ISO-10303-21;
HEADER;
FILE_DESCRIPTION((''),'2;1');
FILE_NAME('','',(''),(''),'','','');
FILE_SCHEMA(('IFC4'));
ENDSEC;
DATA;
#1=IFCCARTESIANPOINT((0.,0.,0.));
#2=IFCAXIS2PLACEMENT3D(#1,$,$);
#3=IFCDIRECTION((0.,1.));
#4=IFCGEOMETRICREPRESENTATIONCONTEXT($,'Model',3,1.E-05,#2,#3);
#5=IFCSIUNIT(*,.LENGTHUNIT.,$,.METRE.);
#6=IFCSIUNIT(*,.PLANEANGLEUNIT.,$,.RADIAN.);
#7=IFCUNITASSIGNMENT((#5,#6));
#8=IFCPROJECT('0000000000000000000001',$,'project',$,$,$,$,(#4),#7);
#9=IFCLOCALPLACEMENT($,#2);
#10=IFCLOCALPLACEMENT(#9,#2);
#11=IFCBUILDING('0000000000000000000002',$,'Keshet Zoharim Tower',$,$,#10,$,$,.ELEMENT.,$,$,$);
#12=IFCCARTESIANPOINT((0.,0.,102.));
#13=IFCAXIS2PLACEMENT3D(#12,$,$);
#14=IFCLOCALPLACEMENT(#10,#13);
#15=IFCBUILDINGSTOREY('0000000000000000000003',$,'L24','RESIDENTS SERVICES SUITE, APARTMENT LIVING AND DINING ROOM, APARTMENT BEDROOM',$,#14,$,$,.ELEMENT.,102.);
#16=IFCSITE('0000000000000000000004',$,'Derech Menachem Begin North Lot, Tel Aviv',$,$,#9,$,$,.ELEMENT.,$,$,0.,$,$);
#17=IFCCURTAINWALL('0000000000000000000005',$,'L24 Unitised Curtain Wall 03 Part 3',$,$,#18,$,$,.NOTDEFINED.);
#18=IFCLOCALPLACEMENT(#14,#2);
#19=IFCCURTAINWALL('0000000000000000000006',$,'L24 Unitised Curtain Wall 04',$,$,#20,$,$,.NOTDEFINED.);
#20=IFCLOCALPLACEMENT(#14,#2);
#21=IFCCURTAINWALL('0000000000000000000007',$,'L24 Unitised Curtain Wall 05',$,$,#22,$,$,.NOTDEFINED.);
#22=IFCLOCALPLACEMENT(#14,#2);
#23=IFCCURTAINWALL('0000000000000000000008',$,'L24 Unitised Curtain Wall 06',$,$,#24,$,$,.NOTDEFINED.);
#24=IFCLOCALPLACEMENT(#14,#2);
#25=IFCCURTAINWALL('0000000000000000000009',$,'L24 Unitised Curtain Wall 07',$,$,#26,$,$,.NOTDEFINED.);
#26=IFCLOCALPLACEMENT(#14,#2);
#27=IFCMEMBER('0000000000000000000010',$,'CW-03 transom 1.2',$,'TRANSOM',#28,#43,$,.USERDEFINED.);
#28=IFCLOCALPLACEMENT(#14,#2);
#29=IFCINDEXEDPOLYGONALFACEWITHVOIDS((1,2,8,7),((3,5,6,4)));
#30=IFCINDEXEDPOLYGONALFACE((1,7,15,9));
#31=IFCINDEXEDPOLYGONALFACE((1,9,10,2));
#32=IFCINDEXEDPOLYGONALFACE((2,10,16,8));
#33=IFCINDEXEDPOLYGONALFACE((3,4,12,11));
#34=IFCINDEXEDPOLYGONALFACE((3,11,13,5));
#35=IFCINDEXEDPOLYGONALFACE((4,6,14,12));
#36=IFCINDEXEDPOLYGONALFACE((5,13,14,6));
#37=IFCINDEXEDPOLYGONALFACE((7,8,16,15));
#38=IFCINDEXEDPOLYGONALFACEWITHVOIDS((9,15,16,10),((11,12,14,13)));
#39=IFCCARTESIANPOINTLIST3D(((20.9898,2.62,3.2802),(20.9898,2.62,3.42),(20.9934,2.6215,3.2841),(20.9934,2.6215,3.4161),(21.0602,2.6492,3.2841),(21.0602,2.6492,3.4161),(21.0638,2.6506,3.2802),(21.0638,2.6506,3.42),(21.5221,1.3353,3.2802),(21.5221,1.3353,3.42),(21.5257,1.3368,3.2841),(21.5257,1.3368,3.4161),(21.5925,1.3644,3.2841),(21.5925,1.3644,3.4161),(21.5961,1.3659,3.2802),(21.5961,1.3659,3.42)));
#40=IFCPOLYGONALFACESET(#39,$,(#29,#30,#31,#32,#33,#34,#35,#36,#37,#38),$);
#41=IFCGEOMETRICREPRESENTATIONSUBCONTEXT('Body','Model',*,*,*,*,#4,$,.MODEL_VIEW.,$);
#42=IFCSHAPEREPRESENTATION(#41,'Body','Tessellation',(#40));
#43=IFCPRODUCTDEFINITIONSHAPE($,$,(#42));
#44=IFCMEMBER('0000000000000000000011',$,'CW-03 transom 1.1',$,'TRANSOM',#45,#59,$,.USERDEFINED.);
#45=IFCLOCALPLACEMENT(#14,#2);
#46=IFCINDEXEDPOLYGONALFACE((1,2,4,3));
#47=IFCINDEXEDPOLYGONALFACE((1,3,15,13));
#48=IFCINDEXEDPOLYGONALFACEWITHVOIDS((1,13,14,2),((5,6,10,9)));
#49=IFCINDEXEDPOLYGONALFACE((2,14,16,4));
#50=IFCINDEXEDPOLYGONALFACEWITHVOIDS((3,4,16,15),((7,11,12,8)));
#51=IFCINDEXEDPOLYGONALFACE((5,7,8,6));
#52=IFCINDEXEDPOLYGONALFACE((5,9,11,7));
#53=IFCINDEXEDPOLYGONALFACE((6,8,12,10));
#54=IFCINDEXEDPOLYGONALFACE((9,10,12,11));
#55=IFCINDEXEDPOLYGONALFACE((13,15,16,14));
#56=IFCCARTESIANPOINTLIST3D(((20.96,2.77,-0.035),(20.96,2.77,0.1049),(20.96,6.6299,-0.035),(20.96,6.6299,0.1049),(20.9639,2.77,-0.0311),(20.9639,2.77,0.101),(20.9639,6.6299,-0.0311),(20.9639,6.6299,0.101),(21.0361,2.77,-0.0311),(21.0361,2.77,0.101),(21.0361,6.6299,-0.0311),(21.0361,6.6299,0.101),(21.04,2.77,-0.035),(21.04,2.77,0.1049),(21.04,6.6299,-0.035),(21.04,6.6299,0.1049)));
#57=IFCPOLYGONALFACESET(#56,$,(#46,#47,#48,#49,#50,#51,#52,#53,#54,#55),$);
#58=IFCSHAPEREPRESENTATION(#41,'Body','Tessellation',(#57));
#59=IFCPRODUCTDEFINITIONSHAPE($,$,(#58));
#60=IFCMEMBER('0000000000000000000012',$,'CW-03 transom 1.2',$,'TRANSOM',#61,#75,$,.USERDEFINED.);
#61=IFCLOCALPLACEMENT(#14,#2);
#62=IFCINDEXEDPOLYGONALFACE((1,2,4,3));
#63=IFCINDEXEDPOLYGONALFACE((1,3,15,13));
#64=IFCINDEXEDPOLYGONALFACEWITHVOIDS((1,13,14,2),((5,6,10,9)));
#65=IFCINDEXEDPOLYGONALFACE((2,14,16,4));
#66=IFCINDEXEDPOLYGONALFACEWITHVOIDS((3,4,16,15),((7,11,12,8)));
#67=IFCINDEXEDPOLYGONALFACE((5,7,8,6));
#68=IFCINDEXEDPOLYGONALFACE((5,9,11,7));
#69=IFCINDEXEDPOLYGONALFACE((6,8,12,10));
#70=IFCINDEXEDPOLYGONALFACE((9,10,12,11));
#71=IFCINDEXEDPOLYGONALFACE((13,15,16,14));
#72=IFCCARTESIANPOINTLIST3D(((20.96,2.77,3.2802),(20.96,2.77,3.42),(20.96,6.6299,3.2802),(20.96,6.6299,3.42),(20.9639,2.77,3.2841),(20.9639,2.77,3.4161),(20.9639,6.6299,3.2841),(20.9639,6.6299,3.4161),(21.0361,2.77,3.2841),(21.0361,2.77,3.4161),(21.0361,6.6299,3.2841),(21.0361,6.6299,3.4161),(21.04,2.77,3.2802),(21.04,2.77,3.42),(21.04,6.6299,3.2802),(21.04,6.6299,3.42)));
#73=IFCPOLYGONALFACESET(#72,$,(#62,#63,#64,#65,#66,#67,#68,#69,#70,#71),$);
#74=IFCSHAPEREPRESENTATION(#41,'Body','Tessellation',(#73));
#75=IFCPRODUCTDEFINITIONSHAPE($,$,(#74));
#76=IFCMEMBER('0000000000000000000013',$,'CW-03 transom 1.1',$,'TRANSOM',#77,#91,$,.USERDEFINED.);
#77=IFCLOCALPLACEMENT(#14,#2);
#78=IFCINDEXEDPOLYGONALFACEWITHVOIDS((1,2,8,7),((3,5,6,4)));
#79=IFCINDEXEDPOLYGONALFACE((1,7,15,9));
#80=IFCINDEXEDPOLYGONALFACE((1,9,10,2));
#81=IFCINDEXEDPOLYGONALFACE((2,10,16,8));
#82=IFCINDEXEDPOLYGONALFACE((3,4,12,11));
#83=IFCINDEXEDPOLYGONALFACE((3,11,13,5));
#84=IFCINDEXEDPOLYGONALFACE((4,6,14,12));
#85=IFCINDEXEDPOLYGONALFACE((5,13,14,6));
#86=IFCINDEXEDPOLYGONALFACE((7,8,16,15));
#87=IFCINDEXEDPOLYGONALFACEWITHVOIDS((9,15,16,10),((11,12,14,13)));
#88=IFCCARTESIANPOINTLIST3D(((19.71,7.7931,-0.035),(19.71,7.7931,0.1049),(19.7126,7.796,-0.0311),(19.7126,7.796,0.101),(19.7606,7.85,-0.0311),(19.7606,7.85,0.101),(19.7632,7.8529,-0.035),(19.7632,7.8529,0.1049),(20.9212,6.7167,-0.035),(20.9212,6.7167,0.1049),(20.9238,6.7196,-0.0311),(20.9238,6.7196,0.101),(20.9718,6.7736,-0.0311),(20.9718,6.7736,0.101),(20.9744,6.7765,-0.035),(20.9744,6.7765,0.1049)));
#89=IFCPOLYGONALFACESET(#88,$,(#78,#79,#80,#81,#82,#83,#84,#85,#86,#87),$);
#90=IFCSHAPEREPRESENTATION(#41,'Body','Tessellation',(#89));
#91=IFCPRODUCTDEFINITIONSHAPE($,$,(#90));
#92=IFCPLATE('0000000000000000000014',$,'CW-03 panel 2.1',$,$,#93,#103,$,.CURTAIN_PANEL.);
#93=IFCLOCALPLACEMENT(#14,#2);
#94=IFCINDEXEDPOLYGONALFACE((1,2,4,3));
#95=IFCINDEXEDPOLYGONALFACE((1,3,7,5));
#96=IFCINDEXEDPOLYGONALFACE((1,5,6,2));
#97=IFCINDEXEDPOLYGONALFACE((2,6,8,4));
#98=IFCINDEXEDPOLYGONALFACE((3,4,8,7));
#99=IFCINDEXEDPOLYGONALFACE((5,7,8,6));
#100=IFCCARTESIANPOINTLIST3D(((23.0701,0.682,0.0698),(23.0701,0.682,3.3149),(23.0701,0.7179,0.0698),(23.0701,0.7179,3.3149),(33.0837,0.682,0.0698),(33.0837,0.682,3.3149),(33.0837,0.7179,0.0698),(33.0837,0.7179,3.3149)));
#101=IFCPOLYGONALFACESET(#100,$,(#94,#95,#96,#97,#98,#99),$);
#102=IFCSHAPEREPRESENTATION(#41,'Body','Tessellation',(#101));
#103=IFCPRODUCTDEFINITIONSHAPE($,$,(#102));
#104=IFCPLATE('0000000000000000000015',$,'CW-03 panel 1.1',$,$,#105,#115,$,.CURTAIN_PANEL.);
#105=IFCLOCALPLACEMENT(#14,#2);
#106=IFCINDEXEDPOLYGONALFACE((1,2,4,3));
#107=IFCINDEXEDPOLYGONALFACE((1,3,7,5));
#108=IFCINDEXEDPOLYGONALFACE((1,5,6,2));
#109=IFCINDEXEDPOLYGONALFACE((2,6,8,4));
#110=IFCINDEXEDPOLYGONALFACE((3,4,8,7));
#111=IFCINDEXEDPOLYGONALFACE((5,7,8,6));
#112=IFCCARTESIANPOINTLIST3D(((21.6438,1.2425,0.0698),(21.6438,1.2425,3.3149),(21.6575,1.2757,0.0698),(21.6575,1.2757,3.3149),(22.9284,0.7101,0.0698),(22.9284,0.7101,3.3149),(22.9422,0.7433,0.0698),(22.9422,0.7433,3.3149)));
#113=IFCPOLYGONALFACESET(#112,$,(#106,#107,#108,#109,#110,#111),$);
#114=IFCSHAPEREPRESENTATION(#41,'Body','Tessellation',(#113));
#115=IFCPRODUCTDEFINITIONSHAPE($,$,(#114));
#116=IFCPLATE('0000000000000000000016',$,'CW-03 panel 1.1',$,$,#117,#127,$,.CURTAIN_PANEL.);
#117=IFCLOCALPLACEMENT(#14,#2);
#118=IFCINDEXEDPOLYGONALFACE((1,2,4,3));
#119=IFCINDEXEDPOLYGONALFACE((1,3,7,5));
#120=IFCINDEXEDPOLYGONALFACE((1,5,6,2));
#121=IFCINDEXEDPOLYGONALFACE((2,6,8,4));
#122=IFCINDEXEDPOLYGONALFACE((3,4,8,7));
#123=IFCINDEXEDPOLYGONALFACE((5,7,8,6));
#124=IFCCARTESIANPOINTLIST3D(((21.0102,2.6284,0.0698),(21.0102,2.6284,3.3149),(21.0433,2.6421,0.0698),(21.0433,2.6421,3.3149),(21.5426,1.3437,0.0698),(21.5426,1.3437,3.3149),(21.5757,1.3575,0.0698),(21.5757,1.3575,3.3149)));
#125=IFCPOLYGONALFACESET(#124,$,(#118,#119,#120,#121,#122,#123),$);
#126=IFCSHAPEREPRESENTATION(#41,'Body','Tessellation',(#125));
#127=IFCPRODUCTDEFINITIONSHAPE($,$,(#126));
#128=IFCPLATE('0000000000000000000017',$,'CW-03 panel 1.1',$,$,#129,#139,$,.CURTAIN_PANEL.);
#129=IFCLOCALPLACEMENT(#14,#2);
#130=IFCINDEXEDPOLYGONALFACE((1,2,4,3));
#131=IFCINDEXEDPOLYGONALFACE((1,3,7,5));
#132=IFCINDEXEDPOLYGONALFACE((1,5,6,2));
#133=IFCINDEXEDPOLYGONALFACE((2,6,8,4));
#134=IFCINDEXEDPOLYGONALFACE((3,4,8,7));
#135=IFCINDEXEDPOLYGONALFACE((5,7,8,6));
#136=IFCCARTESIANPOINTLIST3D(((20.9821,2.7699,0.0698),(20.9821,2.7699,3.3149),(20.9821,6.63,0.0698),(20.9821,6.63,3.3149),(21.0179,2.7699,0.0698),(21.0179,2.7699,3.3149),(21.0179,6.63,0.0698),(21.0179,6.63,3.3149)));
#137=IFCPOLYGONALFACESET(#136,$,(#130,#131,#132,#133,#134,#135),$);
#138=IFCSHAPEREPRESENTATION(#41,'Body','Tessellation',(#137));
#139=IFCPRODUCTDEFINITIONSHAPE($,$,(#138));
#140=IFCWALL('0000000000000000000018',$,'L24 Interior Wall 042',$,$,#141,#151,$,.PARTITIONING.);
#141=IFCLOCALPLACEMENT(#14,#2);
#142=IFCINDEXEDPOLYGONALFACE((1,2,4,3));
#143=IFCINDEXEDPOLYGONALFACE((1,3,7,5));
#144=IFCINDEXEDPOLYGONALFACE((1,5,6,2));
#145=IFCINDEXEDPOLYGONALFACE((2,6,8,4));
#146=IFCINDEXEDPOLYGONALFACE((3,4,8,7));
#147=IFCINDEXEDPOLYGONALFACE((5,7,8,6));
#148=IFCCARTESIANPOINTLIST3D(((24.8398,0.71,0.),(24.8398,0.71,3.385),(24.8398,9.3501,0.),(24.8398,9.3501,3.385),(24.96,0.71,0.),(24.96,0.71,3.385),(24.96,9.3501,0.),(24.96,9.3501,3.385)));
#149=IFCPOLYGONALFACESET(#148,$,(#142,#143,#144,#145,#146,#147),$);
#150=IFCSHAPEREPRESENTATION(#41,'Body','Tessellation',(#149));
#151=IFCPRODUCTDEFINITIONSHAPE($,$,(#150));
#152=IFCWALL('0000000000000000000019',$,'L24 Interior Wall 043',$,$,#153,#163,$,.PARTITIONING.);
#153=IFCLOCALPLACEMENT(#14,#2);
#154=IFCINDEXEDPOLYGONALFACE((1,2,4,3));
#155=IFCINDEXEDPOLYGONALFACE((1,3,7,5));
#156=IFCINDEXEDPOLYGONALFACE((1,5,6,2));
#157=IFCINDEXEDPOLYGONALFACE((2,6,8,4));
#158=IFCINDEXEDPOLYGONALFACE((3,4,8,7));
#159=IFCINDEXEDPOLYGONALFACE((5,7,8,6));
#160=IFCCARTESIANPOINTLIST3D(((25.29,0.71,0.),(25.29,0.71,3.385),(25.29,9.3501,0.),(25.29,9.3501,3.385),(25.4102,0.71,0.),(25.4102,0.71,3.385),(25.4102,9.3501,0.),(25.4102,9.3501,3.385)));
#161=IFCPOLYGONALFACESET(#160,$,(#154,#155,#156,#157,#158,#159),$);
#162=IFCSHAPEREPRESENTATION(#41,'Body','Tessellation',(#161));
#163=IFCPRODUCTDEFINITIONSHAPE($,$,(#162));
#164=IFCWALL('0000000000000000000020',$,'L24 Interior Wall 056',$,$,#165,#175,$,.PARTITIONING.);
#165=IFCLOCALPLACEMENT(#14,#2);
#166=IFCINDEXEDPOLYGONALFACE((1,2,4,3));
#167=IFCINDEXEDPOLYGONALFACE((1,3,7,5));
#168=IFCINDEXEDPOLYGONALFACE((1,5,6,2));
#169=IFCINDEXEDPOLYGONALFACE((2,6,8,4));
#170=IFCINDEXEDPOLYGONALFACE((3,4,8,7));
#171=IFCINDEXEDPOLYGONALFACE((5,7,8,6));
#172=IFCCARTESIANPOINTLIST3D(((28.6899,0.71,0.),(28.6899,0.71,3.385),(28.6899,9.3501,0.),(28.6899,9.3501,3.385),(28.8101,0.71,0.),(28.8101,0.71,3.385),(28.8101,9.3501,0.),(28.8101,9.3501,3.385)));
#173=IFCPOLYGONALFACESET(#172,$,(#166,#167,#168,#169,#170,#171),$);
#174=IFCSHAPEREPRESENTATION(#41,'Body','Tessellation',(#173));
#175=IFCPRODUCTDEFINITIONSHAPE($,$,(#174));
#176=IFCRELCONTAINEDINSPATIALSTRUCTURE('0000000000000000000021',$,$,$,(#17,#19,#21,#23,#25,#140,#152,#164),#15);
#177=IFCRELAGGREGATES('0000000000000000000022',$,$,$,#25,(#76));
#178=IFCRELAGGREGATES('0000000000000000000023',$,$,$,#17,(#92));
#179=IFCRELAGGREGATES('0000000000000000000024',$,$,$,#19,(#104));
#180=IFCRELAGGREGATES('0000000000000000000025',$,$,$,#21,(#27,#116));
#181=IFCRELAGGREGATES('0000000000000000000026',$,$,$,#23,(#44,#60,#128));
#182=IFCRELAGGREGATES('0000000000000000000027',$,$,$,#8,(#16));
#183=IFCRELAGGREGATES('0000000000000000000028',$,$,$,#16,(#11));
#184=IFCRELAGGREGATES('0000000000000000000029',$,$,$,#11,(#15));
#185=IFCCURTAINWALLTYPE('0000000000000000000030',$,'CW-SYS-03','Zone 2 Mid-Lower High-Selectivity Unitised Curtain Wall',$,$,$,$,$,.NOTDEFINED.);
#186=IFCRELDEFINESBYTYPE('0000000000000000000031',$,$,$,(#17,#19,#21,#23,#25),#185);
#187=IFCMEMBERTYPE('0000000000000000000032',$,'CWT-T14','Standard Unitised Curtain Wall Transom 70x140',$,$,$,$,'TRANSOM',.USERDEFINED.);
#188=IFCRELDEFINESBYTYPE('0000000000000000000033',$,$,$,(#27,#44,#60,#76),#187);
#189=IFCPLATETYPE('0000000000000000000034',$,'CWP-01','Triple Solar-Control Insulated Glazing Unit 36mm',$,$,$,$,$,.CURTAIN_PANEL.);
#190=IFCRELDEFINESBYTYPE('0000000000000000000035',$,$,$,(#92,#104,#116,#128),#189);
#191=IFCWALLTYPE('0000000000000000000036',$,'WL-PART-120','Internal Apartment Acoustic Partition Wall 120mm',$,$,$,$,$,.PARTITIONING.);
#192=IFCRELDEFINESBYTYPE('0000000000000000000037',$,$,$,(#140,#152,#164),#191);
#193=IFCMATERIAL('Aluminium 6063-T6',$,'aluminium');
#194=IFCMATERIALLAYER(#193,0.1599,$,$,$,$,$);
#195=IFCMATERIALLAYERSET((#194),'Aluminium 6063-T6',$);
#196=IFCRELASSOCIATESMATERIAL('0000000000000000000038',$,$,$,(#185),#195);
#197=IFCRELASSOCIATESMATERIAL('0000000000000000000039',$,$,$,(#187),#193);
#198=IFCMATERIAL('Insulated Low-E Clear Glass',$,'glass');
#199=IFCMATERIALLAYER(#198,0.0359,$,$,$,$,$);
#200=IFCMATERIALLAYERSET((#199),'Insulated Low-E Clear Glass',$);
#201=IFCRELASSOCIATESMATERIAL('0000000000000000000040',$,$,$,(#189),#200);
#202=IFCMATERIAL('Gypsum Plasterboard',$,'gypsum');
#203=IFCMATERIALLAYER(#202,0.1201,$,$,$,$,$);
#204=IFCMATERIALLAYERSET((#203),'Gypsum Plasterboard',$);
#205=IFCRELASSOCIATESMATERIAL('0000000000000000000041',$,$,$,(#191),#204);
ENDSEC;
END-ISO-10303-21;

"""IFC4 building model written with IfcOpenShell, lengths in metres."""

from ifc_helpers import new_model, si_unit, direction, frame, frame_2d, origin, origin_2d, place, context, subcontext, project, spatial, rectangle, hollow_rectangle, extrude, material, layer, layer_set, material_profile, profile_set, type_object, element, aggregate, save


model = new_model("IFC4")

# Units and contexts
model_context = context("Model", 3, precision=1e-05, world=origin(), true_north=direction((0.0, 1.0)))
body_context = subcontext(model_context, "Body", "Model", "MODEL_VIEW")
ifc_project = project(units=[si_unit("LENGTHUNIT", "METRE"), si_unit("PLANEANGLEUNIT", "RADIAN")], contexts=[model_context])

# Site, building, storey
site_placement = place(None, origin())
site = spatial("IfcSite", under=ifc_project, at=site_placement, Name="Derech Menachem Begin North Lot, Tel Aviv", CompositionType="ELEMENT", RefElevation=0.0)
building_placement = place(site_placement, origin())
building = spatial("IfcBuilding", under=site, at=building_placement, Name="Keshet Zoharim Tower", CompositionType="ELEMENT")
storey_placement = place(building_placement, frame((0.0, 0.0, 102.0)))
storey = spatial("IfcBuildingStorey", under=building, at=storey_placement, Name="L24", Description="RESIDENTS SERVICES SUITE, APARTMENT LIVING AND DINING ROOM, APARTMENT BEDROOM", CompositionType="ELEMENT", Elevation=102.0)

# Curtain wall
ifc_material_1 = material(Name="Aluminium 6063-T6", Category="aluminium")
ifc_layer_1 = layer(ifc_material_1, 0.1599)
ifc_layer_set_1 = layer_set([ifc_layer_1], Name="Aluminium 6063-T6")
curtain_wall_type = type_object("IfcCurtainWallType", Name="CW-SYS-03", Description="Zone 2 Mid-Lower High-Selectivity Unitised Curtain Wall", PredefinedType="NOTDEFINED", material=ifc_layer_set_1)
curtain_wall_1_placement = place(storey_placement, origin())
curtain_wall_1 = element("IfcCurtainWall", 1, at=curtain_wall_1_placement, inside=storey, type_object=curtain_wall_type, Name="L24 Unitised Curtain Wall 03 Part 3", PredefinedType="NOTDEFINED")

# Curtain walls
curtain_wall_2_placement = place(storey_placement, origin())
curtain_wall_2 = element("IfcCurtainWall", 2, at=curtain_wall_2_placement, inside=storey, type_object=curtain_wall_type, Name="L24 Unitised Curtain Wall 04", PredefinedType="NOTDEFINED")
curtain_wall_3_placement = place(storey_placement, origin())
curtain_wall_3 = element("IfcCurtainWall", 3, at=curtain_wall_3_placement, inside=storey, type_object=curtain_wall_type, Name="L24 Unitised Curtain Wall 05", PredefinedType="NOTDEFINED")
curtain_wall_4_placement = place(storey_placement, origin())
curtain_wall_4 = element("IfcCurtainWall", 4, at=curtain_wall_4_placement, inside=storey, type_object=curtain_wall_type, Name="L24 Unitised Curtain Wall 06", PredefinedType="NOTDEFINED")

# Curtain wall
curtain_wall_5_placement = place(storey_placement, origin())
curtain_wall_5 = element("IfcCurtainWall", 5, at=curtain_wall_5_placement, inside=storey, type_object=curtain_wall_type, Name="L24 Unitised Curtain Wall 07", PredefinedType="NOTDEFINED")

# Members
ifc_material_profile_1 = material_profile(ifc_material_1, hollow_rectangle(XDim=0.0801, YDim=0.1399, WallThickness=0.0039, at=origin_2d()), Name="TRN-80x140")
ifc_profile_set_1 = profile_set([ifc_material_profile_1], Name="Aluminium 6063-T6")
member_type_1 = type_object("IfcMemberType", Name="CWT-T14", Description="Standard Unitised Curtain Wall Transom 70x140", ElementType="TRANSOM", PredefinedType="USERDEFINED", material=ifc_profile_set_1)
member_1_placement = place(storey_placement, frame((21.5591, 1.3506, 3.3501), z_axis=(-0.382745, 0.923854, 0.0), x_axis=(-0.923854, -0.382745, 0.0)))
member_1 = element("IfcMember", 6, at=member_1_placement, type_object=member_type_1, Name="CW-03 transom 1.2", ObjectType="TRANSOM", PredefinedType="USERDEFINED", context=body_context, shape_type="SweptSolid", body=[
    extrude(hollow_rectangle(XDim=0.0801, YDim=0.1399, WallThickness=0.0039, at=origin_2d()), origin(), (0.0, 0.0, 1.0), 1.3906),
])
member_2_placement = place(storey_placement, frame((21.0, 2.77, 0.0349), z_axis=(0.0, 1.0, 0.0), x_axis=(-1.0, 0.0, 0.0)))
member_2 = element("IfcMember", 7, at=member_2_placement, type_object=member_type_1, Name="CW-03 transom 1.1", ObjectType="TRANSOM", PredefinedType="USERDEFINED", context=body_context, shape_type="SweptSolid", body=[
    extrude(hollow_rectangle(XDim=0.0801, YDim=0.1399, WallThickness=0.0039, at=origin_2d()), origin(), (0.0, 0.0, 1.0), 3.8599),
])
member_3_placement = place(storey_placement, frame((21.0, 2.77, 3.3501), z_axis=(0.0, 1.0, 0.0), x_axis=(-1.0, 0.0, 0.0)))
member_3 = element("IfcMember", 8, at=member_3_placement, type_object=member_type_1, Name="CW-03 transom 1.2", ObjectType="TRANSOM", PredefinedType="USERDEFINED", context=body_context, shape_type="SweptSolid", body=[
    extrude(hollow_rectangle(XDim=0.0801, YDim=0.1399, WallThickness=0.0039, at=origin_2d()), origin(), (0.0, 0.0, 1.0), 3.8599),
])
member_4_placement = place(storey_placement, frame((20.9478, 6.7466, 0.0349), z_axis=(-0.747468, 0.664298, 0.0), x_axis=(-0.664298, -0.747468, 0.0)))
member_4 = element("IfcMember", 9, at=member_4_placement, type_object=member_type_1, Name="CW-03 transom 1.1", ObjectType="TRANSOM", PredefinedType="USERDEFINED", context=body_context, shape_type="SweptSolid", body=[
    extrude(hollow_rectangle(XDim=0.0801, YDim=0.1399, WallThickness=0.0039, at=origin_2d()), origin(), (0.0, 0.0, 1.0), 1.6204),
])
aggregate(curtain_wall_5, [member_4])

# Plates
ifc_material_2 = material(Name="Insulated Low-E Clear Glass", Category="glass")
ifc_layer_2 = layer(ifc_material_2, 0.0359)
ifc_layer_set_2 = layer_set([ifc_layer_2], Name="Insulated Low-E Clear Glass")
plate_type = type_object("IfcPlateType", Name="CWP-01", Description="Triple Solar-Control Insulated Glazing Unit 36mm", PredefinedType="CURTAIN_PANEL", material=ifc_layer_set_2)
plate_1_placement = place(storey_placement, frame((28.0769, 0.7, 0.0698), z_axis=(0.0, 0.0, 1.0), x_axis=(-1.0, 0.0, 0.0)))
plate_1 = element("IfcPlate", 10, at=plate_1_placement, type_object=plate_type, Name="CW-03 panel 2.1", PredefinedType="CURTAIN_PANEL", context=body_context, shape_type="SweptSolid", body=[
    extrude(rectangle(XDim=10.0137, YDim=0.0359, at=origin_2d()), origin(), (0.0, 0.0, 1.0), 3.2451),
])
aggregate(curtain_wall_1, [plate_1])
plate_2_placement = place(storey_placement, frame((22.293, 0.9929, 0.0698), z_axis=(0.0, 0.0, 1.0), x_axis=(-0.92381, 0.382852, 0.0)))
plate_2 = element("IfcPlate", 11, at=plate_2_placement, type_object=plate_type, Name="CW-03 panel 1.1", PredefinedType="CURTAIN_PANEL", context=body_context, shape_type="SweptSolid", body=[
    extrude(rectangle(XDim=1.3906, YDim=0.0359, at=origin_2d()), origin(), (0.0, 0.0, 1.0), 3.2451),
])
aggregate(curtain_wall_2, [plate_2])
plate_3_placement = place(storey_placement, frame((21.293, 1.9929, 0.0698), z_axis=(0.0, 0.0, 1.0), x_axis=(-0.382852, 0.92381, 0.0)))
plate_3 = element("IfcPlate", 12, at=plate_3_placement, type_object=plate_type, Name="CW-03 panel 1.1", PredefinedType="CURTAIN_PANEL", context=body_context, shape_type="SweptSolid", body=[
    extrude(rectangle(XDim=1.3906, YDim=0.0359, at=origin_2d()), origin(), (0.0, 0.0, 1.0), 3.2451),
])
aggregate(curtain_wall_3, [member_1, plate_3])
plate_4_placement = place(storey_placement, frame((21.0, 4.7, 0.0698), z_axis=(0.0, 0.0, 1.0), x_axis=(0.0, 1.0, 0.0)))
plate_4 = element("IfcPlate", 13, at=plate_4_placement, type_object=plate_type, Name="CW-03 panel 1.1", PredefinedType="CURTAIN_PANEL", context=body_context, shape_type="SweptSolid", body=[
    extrude(rectangle(XDim=3.8601, YDim=0.0359, at=origin_2d()), origin(), (0.0, 0.0, 1.0), 3.2451),
])
aggregate(curtain_wall_4, [member_2, member_3, plate_4])

# Walls
ifc_material_3 = material(Name="Gypsum Plasterboard", Category="gypsum")
ifc_layer_3 = layer(ifc_material_3, 0.1201)
ifc_layer_set_3 = layer_set([ifc_layer_3], Name="Gypsum Plasterboard")
wall_type = type_object("IfcWallType", Name="WL-PART-120", Description="Internal Apartment Acoustic Partition Wall 120mm", PredefinedType="PARTITIONING", material=ifc_layer_set_3)
for number, where, z_axis, x_axis, name in (
    (14, (24.8999, 0.71, 0.0), (0.0, 0.0, 1.0), (0.0, 1.0, 0.0), "L24 Interior Wall 042"),
    (15, (25.3501, 0.71, 0.0), (0.0, 0.0, 1.0), (0.0, 1.0, 0.0), "L24 Interior Wall 043"),
    (16, (28.75, 0.71, 0.0), (0.0, 0.0, 1.0), (0.0, 1.0, 0.0), "L24 Interior Wall 056"),
):
    element("IfcWall", number, at=place(storey_placement, frame(where, z_axis=z_axis, x_axis=x_axis)), inside=storey, type_object=wall_type, Name=name, PredefinedType="PARTITIONING", context=body_context, shape_type="SweptSolid", body=[
        extrude(rectangle(XDim=8.6401, YDim=0.1201, at=frame_2d((4.3201, 0.0))), origin(), (0.0, 0.0, 1.0), 3.385),
    ])

save(model, "model.ifc")
